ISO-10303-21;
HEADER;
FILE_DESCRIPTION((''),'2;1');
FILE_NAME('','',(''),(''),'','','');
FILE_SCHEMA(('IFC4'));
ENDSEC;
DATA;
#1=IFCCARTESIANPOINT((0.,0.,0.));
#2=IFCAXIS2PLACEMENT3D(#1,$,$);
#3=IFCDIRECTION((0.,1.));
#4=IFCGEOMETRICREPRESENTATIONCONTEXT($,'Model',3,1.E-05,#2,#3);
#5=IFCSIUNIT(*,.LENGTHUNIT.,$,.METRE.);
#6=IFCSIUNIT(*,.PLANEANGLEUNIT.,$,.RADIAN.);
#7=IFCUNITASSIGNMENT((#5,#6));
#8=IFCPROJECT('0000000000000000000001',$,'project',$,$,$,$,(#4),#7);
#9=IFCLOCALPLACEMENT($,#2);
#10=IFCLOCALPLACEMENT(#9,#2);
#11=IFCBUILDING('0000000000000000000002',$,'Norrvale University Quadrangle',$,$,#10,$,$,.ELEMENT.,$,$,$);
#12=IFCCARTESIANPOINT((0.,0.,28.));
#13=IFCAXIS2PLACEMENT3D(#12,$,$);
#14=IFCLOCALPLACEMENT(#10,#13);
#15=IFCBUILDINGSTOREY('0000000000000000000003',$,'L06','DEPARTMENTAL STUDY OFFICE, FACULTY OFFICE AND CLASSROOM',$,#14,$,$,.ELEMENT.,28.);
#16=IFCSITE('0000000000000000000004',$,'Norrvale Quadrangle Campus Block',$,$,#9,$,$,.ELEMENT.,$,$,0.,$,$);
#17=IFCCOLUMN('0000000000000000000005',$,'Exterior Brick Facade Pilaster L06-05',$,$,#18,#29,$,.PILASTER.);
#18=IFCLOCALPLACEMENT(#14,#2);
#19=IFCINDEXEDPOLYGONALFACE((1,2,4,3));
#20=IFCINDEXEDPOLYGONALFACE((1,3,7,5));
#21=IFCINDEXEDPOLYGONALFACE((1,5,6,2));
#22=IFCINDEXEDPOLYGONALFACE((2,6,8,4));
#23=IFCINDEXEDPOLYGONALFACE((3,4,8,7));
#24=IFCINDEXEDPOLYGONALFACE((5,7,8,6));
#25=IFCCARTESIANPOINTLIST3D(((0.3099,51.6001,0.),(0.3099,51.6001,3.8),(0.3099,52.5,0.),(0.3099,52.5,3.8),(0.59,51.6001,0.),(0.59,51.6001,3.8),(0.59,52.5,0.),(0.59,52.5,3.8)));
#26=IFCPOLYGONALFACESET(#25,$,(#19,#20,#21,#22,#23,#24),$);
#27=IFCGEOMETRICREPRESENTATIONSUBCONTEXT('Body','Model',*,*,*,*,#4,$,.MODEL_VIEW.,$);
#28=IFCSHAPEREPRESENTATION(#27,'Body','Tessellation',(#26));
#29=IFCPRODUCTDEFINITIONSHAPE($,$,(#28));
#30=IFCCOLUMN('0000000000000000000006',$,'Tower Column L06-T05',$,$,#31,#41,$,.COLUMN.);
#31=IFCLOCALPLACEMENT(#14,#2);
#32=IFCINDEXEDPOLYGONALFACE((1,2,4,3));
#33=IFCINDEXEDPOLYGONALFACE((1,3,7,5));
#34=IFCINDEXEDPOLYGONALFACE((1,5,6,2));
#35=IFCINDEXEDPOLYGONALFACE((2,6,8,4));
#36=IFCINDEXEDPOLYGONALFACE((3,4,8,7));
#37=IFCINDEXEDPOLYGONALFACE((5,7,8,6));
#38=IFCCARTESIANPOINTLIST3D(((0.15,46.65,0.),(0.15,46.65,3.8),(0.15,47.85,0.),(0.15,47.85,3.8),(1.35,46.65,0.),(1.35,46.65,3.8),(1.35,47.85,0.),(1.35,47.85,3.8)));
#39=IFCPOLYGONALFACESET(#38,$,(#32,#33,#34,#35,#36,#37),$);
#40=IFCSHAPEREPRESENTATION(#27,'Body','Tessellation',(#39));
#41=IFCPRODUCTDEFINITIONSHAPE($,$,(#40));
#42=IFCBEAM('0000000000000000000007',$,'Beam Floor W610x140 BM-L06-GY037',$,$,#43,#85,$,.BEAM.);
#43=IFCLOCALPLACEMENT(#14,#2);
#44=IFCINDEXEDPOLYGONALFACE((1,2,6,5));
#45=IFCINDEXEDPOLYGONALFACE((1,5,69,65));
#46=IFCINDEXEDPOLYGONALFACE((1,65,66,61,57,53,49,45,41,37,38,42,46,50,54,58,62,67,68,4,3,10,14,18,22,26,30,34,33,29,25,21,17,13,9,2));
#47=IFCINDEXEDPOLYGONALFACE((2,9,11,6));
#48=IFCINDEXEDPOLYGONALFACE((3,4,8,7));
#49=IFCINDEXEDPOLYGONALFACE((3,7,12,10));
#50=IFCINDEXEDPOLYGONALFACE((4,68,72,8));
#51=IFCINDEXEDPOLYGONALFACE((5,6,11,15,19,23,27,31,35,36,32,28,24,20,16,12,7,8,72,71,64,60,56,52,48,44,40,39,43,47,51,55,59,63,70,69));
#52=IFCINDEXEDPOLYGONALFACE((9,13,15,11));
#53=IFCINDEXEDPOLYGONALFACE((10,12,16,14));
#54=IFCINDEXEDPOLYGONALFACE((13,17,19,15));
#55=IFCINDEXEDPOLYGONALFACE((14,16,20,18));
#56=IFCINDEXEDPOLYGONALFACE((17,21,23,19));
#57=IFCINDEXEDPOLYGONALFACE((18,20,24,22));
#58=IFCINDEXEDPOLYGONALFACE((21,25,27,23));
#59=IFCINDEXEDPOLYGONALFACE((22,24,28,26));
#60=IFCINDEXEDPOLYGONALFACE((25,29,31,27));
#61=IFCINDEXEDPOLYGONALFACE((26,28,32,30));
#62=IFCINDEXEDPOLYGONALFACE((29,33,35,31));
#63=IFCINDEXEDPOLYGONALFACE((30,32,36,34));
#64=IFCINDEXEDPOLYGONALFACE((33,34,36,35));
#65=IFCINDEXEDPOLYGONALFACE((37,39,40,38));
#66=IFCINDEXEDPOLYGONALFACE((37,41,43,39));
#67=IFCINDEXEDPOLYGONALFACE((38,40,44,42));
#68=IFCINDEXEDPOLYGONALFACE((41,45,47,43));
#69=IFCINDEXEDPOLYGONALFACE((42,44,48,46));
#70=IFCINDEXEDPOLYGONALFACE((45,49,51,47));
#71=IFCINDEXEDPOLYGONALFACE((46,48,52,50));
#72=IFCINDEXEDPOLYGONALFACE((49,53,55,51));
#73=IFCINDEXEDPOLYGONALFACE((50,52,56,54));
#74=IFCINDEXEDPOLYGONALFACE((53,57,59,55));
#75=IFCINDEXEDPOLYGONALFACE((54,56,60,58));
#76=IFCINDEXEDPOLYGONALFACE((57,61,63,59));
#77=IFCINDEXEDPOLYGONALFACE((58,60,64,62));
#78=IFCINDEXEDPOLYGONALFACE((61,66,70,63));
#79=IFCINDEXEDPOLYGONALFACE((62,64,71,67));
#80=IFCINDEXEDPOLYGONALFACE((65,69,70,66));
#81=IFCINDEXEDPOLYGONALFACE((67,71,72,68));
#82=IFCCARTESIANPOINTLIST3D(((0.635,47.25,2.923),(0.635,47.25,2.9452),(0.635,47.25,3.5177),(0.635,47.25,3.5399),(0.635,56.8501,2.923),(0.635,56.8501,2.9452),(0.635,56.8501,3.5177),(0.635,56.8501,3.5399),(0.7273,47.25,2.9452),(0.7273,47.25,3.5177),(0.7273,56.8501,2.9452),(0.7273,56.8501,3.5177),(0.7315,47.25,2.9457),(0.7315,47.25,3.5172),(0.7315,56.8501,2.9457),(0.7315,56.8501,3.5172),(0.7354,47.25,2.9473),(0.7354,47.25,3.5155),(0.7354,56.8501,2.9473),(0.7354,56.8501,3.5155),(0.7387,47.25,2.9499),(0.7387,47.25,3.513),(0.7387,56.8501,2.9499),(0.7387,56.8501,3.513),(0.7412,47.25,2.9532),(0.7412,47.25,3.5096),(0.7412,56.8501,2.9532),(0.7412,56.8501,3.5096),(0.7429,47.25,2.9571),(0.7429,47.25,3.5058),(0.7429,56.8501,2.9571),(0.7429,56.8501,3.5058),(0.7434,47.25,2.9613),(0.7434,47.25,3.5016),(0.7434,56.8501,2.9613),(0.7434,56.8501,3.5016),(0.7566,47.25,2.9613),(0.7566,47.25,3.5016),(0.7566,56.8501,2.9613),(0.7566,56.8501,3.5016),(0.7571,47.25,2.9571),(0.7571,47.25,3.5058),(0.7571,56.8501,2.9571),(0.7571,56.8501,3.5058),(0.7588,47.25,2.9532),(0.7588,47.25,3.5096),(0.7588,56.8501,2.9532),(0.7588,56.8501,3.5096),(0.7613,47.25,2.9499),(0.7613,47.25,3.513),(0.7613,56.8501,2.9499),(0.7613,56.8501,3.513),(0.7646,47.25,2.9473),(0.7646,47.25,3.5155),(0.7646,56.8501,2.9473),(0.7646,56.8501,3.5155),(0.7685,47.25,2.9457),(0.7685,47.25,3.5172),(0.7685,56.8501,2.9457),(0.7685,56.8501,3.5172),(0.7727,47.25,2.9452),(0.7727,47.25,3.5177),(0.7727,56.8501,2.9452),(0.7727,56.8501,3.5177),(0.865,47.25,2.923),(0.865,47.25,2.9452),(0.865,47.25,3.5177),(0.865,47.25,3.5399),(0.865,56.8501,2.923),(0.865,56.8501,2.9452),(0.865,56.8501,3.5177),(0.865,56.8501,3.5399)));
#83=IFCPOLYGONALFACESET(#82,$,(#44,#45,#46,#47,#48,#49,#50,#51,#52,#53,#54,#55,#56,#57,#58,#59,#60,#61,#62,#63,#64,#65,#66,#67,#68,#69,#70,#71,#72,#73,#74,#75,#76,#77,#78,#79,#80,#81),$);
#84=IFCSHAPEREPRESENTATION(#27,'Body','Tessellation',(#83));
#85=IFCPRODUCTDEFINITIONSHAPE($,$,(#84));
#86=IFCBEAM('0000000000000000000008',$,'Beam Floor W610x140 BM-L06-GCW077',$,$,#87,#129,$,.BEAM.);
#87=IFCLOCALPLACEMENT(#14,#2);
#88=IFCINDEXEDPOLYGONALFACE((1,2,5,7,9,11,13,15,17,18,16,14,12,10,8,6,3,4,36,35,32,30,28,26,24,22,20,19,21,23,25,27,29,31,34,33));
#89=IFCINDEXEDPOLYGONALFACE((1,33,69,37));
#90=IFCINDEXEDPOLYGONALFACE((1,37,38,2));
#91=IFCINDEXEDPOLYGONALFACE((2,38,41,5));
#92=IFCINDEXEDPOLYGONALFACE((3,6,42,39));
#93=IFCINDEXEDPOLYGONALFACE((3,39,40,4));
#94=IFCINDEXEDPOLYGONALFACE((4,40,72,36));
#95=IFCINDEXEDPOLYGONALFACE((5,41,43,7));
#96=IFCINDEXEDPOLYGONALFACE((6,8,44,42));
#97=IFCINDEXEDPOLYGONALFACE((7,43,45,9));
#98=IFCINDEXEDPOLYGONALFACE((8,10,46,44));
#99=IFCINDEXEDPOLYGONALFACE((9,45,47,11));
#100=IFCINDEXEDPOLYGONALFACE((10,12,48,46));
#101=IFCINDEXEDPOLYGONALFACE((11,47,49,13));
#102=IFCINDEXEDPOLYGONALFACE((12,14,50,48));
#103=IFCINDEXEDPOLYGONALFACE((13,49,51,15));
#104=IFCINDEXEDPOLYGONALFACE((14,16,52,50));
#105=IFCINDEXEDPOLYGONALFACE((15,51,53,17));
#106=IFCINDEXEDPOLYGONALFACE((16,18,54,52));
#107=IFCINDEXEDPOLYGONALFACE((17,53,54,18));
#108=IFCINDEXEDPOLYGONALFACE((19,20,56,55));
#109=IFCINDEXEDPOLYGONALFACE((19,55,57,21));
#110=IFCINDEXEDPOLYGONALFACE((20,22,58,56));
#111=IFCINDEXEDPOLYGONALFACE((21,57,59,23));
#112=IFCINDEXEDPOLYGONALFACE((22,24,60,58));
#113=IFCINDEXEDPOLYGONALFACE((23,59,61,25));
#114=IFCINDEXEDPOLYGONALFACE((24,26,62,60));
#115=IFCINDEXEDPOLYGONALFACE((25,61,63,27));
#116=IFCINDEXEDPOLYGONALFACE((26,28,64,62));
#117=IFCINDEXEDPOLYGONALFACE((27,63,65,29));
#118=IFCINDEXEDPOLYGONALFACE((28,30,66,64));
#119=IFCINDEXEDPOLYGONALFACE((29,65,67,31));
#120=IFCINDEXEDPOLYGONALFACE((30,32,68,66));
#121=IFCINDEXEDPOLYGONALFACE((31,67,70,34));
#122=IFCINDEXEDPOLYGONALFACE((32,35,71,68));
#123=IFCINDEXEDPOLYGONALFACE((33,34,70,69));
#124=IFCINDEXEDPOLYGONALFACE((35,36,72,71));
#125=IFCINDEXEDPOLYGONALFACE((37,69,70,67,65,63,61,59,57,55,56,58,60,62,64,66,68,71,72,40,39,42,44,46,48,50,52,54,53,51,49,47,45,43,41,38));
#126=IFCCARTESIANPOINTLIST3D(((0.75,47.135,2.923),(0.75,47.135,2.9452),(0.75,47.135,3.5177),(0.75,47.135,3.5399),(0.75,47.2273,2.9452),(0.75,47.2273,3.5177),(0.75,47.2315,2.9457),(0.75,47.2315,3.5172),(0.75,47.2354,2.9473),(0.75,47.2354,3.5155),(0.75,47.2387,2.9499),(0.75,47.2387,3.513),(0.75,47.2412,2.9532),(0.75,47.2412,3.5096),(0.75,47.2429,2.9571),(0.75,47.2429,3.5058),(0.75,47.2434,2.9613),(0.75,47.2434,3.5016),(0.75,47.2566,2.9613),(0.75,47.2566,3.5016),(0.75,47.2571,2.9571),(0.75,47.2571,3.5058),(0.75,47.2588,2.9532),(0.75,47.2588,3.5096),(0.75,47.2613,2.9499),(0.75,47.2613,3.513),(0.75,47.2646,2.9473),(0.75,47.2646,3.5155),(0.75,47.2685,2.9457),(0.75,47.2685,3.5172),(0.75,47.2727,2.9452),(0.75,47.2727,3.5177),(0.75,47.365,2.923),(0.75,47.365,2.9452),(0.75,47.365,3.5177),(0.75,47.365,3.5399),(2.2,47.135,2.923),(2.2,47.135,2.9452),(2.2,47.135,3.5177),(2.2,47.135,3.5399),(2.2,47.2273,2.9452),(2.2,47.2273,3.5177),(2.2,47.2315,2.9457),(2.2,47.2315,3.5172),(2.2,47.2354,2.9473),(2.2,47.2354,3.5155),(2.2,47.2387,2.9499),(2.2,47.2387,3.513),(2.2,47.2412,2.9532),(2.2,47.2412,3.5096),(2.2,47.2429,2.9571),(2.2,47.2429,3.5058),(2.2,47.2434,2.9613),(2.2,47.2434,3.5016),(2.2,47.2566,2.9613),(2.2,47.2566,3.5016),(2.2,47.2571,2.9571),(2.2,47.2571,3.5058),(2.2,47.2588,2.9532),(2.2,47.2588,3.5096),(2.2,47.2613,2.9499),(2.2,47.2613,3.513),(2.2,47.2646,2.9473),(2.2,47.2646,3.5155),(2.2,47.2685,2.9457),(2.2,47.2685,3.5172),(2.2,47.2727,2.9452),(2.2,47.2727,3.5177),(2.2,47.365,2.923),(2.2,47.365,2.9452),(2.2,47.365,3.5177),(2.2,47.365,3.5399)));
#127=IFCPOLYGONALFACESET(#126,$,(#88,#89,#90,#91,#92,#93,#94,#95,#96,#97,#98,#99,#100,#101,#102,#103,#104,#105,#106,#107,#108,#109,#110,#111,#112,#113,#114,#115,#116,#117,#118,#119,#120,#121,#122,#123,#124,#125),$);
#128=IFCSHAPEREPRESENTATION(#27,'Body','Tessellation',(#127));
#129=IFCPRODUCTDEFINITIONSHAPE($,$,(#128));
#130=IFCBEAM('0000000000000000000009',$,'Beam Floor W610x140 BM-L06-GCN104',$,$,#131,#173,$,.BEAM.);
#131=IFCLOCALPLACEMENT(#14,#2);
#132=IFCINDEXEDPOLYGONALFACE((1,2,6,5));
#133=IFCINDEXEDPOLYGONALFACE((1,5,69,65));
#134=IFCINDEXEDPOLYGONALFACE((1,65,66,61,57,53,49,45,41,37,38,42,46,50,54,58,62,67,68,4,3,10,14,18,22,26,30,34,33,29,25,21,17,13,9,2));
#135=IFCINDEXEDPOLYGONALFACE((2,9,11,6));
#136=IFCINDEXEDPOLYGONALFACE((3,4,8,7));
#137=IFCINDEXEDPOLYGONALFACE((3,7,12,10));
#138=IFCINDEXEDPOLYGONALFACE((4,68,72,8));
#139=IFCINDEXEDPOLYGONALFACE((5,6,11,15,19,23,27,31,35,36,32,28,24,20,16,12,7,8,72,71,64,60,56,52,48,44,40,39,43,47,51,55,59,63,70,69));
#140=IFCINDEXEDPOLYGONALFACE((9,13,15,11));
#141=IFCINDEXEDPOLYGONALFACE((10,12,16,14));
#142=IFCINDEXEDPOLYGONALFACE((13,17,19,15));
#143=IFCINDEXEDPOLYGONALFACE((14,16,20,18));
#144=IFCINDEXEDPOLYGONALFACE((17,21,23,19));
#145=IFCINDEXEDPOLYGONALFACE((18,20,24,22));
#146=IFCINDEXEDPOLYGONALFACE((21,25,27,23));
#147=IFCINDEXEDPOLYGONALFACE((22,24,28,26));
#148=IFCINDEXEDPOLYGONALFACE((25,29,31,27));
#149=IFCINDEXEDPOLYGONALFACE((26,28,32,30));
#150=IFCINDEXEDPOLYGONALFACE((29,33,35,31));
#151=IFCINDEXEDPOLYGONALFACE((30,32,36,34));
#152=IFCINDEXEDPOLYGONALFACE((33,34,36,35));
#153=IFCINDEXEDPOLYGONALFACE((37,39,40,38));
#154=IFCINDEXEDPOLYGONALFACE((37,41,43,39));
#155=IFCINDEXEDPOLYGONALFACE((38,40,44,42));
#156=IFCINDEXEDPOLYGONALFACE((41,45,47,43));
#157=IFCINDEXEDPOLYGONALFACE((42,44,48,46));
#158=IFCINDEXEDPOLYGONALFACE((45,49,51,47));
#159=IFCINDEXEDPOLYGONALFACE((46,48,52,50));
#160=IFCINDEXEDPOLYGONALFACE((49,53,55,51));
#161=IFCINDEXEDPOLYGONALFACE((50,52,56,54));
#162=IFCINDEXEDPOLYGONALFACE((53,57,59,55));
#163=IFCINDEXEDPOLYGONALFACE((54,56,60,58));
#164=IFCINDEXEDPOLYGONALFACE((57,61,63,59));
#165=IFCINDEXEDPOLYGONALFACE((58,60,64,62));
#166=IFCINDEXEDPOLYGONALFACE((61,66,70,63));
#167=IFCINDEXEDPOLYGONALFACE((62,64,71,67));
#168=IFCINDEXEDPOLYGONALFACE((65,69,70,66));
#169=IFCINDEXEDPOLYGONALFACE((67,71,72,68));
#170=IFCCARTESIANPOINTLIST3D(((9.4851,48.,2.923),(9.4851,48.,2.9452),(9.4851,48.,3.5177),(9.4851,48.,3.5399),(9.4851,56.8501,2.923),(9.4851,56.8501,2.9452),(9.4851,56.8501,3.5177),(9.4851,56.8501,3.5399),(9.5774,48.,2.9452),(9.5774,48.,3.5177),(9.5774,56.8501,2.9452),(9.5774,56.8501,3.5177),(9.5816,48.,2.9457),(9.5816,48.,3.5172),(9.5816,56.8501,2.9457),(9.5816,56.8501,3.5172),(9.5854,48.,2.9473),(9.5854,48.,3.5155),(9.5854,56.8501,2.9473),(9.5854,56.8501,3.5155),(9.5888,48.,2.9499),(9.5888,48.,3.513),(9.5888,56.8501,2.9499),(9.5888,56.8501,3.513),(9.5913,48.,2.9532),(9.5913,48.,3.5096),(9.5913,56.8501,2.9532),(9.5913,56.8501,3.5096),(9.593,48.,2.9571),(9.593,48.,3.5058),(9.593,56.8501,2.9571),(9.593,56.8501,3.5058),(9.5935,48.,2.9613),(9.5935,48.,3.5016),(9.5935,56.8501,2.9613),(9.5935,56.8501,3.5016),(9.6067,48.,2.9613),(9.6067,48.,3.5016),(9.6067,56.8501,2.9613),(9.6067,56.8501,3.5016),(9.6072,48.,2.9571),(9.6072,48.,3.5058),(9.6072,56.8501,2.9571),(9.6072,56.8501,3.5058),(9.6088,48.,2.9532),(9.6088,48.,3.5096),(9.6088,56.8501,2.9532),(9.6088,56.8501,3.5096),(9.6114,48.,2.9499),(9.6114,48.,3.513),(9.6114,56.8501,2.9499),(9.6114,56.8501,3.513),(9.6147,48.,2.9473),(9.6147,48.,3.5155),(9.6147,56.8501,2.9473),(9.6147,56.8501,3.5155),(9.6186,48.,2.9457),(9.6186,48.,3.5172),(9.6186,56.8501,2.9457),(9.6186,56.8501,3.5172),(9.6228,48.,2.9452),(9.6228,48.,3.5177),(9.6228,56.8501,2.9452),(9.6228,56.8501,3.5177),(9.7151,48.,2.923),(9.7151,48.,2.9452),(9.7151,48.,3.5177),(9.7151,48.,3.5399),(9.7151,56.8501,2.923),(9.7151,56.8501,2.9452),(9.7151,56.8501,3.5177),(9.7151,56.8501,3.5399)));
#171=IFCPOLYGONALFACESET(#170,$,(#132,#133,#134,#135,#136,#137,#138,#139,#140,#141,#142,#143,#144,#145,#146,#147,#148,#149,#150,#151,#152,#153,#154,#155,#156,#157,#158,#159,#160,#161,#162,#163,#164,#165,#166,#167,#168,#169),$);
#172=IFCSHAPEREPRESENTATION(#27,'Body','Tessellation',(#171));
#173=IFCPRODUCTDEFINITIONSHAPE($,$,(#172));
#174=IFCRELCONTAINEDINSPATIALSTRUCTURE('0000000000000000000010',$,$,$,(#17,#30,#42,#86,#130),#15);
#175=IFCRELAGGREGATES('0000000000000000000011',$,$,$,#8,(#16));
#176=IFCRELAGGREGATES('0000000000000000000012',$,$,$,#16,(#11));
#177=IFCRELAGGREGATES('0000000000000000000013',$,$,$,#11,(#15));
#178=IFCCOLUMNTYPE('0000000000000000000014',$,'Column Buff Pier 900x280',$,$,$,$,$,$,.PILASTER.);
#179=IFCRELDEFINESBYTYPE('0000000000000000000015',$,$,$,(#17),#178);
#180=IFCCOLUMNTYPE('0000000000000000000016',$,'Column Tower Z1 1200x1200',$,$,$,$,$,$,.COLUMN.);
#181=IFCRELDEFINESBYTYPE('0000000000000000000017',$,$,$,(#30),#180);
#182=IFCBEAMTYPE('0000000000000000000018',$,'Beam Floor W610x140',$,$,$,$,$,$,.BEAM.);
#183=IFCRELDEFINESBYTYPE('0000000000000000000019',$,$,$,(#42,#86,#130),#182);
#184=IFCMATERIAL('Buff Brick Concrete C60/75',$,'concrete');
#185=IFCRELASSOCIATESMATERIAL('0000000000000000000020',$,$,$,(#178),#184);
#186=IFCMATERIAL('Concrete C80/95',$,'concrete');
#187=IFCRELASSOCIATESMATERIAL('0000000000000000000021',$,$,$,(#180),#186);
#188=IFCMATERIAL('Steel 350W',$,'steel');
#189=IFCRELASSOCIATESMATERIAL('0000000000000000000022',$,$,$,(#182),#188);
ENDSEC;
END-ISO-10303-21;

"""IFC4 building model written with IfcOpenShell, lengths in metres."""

from ifc_helpers import new_model, si_unit, direction, frame, origin, origin_2d, place, context, subcontext, project, spatial, rectangle, i_section, extrude, material, material_profile, profile_set, type_object, element, save


model = new_model("IFC4")

# Units and contexts
model_context = context("Model", 3, precision=1e-05, world=origin(), true_north=direction((0.0, 1.0)))
body_context = subcontext(model_context, "Body", "Model", "MODEL_VIEW")
ifc_project = project(units=[si_unit("LENGTHUNIT", "METRE"), si_unit("PLANEANGLEUNIT", "RADIAN")], contexts=[model_context])

# Site, building, storey
site_placement = place(None, origin())
site = spatial("IfcSite", under=ifc_project, at=site_placement, Name="Norrvale Quadrangle Campus Block", CompositionType="ELEMENT", RefElevation=0.0)
building_placement = place(site_placement, origin())
building = spatial("IfcBuilding", under=site, at=building_placement, Name="Norrvale University Quadrangle", CompositionType="ELEMENT")
storey_placement = place(building_placement, frame((0.0, 0.0, 28.0)))
storey = spatial("IfcBuildingStorey", under=building, at=storey_placement, Name="L06", Description="DEPARTMENTAL STUDY OFFICE, FACULTY OFFICE AND CLASSROOM", CompositionType="ELEMENT", Elevation=28.0)

# Columns
ifc_material_1 = material(Name="Buff Brick Concrete C60/75", Category="concrete")
ifc_material_profile_1 = material_profile(ifc_material_1, rectangle(XDim=0.8999, YDim=0.28, at=origin_2d()), Name="Buff Brick Concrete C60/75")
ifc_profile_set_1 = profile_set([ifc_material_profile_1], Name="Buff Brick Concrete C60/75")
column_type_1 = type_object("IfcColumnType", Name="Column Buff Pier 900x280", PredefinedType="PILASTER", material=ifc_profile_set_1)
column_1_placement = place(storey_placement, frame((0.45, 52.05, 0.0), z_axis=(0.0, 0.0, 1.0), x_axis=(0.0, 1.0, 0.0)))
element("IfcColumn", 1, at=column_1_placement, inside=storey, type_object=column_type_1, Name="Exterior Brick Facade Pilaster L06-05", PredefinedType="PILASTER", context=body_context, shape_type="SweptSolid", body=[
    extrude(rectangle(XDim=0.8999, YDim=0.28, at=origin_2d()), origin(), (0.0, 0.0, 1.0), 3.8),
])
ifc_material_2 = material(Name="Concrete C80/95", Category="concrete")
ifc_material_profile_2 = material_profile(ifc_material_2, rectangle(XDim=1.2, YDim=1.2, at=origin_2d()), Name="Concrete C80/95")
ifc_profile_set_2 = profile_set([ifc_material_profile_2], Name="Concrete C80/95")
column_type_2 = type_object("IfcColumnType", Name="Column Tower Z1 1200x1200", PredefinedType="COLUMN", material=ifc_profile_set_2)
column_2_placement = place(storey_placement, frame((0.75, 47.25, 0.0), z_axis=(0.0, 0.0, 1.0), x_axis=(1.0, 0.0, 0.0)))
element("IfcColumn", 2, at=column_2_placement, inside=storey, type_object=column_type_2, Name="Tower Column L06-T05", PredefinedType="COLUMN", context=body_context, shape_type="SweptSolid", body=[
    extrude(rectangle(XDim=1.2, YDim=1.2, at=origin_2d()), origin(), (0.0, 0.0, 1.0), 3.8),
])

# Beams
ifc_material_3 = material(Name="Steel 350W", Category="steel")
ifc_material_profile_3 = material_profile(ifc_material_3, i_section(OverallWidth=0.23, OverallDepth=0.6169, WebThickness=0.0132, FlangeThickness=0.0222, FilletRadius=0.0161, at=origin_2d()), Name="Steel 350W")
ifc_profile_set_3 = profile_set([ifc_material_profile_3], Name="Steel 350W")
beam_type_1 = type_object("IfcBeamType", Name="Beam Floor W610x140", PredefinedType="BEAM", material=ifc_profile_set_3)
beam_1_placement = place(storey_placement, frame((0.75, 47.25, 3.2314), z_axis=(0.0, 1.0, 0.0), x_axis=(-1.0, 0.0, 0.0)))
element("IfcBeam", 3, at=beam_1_placement, inside=storey, type_object=beam_type_1, Name="Beam Floor W610x140 BM-L06-GY037", PredefinedType="BEAM", context=body_context, shape_type="SweptSolid", body=[
    extrude(i_section(OverallWidth=0.23, OverallDepth=0.6169, WebThickness=0.0132, FlangeThickness=0.0222, FilletRadius=0.0161, at=origin_2d()), origin(), (0.0, 0.0, 1.0), 9.6001),
])
beam_2_placement = place(storey_placement, frame((0.75, 47.25, 3.2314), z_axis=(1.0, 0.0, 0.0), x_axis=(0.0, 1.0, 0.0)))
element("IfcBeam", 4, at=beam_2_placement, inside=storey, type_object=beam_type_1, Name="Beam Floor W610x140 BM-L06-GCW077", PredefinedType="BEAM", context=body_context, shape_type="SweptSolid", body=[
    extrude(i_section(OverallWidth=0.23, OverallDepth=0.6169, WebThickness=0.0132, FlangeThickness=0.0222, FilletRadius=0.0161, at=origin_2d()), origin(), (0.0, 0.0, 1.0), 1.45),
])
beam_3_placement = place(storey_placement, frame((9.6001, 48.0, 3.2314), z_axis=(0.0, 1.0, 0.0), x_axis=(-1.0, 0.0, 0.0)))
element("IfcBeam", 5, at=beam_3_placement, inside=storey, type_object=beam_type_1, Name="Beam Floor W610x140 BM-L06-GCN104", PredefinedType="BEAM", context=body_context, shape_type="SweptSolid", body=[
    extrude(i_section(OverallWidth=0.23, OverallDepth=0.6169, WebThickness=0.0132, FlangeThickness=0.0222, FilletRadius=0.0161, at=origin_2d()), origin(), (0.0, 0.0, 1.0), 8.8501),
])

save(model, "model.ifc")
